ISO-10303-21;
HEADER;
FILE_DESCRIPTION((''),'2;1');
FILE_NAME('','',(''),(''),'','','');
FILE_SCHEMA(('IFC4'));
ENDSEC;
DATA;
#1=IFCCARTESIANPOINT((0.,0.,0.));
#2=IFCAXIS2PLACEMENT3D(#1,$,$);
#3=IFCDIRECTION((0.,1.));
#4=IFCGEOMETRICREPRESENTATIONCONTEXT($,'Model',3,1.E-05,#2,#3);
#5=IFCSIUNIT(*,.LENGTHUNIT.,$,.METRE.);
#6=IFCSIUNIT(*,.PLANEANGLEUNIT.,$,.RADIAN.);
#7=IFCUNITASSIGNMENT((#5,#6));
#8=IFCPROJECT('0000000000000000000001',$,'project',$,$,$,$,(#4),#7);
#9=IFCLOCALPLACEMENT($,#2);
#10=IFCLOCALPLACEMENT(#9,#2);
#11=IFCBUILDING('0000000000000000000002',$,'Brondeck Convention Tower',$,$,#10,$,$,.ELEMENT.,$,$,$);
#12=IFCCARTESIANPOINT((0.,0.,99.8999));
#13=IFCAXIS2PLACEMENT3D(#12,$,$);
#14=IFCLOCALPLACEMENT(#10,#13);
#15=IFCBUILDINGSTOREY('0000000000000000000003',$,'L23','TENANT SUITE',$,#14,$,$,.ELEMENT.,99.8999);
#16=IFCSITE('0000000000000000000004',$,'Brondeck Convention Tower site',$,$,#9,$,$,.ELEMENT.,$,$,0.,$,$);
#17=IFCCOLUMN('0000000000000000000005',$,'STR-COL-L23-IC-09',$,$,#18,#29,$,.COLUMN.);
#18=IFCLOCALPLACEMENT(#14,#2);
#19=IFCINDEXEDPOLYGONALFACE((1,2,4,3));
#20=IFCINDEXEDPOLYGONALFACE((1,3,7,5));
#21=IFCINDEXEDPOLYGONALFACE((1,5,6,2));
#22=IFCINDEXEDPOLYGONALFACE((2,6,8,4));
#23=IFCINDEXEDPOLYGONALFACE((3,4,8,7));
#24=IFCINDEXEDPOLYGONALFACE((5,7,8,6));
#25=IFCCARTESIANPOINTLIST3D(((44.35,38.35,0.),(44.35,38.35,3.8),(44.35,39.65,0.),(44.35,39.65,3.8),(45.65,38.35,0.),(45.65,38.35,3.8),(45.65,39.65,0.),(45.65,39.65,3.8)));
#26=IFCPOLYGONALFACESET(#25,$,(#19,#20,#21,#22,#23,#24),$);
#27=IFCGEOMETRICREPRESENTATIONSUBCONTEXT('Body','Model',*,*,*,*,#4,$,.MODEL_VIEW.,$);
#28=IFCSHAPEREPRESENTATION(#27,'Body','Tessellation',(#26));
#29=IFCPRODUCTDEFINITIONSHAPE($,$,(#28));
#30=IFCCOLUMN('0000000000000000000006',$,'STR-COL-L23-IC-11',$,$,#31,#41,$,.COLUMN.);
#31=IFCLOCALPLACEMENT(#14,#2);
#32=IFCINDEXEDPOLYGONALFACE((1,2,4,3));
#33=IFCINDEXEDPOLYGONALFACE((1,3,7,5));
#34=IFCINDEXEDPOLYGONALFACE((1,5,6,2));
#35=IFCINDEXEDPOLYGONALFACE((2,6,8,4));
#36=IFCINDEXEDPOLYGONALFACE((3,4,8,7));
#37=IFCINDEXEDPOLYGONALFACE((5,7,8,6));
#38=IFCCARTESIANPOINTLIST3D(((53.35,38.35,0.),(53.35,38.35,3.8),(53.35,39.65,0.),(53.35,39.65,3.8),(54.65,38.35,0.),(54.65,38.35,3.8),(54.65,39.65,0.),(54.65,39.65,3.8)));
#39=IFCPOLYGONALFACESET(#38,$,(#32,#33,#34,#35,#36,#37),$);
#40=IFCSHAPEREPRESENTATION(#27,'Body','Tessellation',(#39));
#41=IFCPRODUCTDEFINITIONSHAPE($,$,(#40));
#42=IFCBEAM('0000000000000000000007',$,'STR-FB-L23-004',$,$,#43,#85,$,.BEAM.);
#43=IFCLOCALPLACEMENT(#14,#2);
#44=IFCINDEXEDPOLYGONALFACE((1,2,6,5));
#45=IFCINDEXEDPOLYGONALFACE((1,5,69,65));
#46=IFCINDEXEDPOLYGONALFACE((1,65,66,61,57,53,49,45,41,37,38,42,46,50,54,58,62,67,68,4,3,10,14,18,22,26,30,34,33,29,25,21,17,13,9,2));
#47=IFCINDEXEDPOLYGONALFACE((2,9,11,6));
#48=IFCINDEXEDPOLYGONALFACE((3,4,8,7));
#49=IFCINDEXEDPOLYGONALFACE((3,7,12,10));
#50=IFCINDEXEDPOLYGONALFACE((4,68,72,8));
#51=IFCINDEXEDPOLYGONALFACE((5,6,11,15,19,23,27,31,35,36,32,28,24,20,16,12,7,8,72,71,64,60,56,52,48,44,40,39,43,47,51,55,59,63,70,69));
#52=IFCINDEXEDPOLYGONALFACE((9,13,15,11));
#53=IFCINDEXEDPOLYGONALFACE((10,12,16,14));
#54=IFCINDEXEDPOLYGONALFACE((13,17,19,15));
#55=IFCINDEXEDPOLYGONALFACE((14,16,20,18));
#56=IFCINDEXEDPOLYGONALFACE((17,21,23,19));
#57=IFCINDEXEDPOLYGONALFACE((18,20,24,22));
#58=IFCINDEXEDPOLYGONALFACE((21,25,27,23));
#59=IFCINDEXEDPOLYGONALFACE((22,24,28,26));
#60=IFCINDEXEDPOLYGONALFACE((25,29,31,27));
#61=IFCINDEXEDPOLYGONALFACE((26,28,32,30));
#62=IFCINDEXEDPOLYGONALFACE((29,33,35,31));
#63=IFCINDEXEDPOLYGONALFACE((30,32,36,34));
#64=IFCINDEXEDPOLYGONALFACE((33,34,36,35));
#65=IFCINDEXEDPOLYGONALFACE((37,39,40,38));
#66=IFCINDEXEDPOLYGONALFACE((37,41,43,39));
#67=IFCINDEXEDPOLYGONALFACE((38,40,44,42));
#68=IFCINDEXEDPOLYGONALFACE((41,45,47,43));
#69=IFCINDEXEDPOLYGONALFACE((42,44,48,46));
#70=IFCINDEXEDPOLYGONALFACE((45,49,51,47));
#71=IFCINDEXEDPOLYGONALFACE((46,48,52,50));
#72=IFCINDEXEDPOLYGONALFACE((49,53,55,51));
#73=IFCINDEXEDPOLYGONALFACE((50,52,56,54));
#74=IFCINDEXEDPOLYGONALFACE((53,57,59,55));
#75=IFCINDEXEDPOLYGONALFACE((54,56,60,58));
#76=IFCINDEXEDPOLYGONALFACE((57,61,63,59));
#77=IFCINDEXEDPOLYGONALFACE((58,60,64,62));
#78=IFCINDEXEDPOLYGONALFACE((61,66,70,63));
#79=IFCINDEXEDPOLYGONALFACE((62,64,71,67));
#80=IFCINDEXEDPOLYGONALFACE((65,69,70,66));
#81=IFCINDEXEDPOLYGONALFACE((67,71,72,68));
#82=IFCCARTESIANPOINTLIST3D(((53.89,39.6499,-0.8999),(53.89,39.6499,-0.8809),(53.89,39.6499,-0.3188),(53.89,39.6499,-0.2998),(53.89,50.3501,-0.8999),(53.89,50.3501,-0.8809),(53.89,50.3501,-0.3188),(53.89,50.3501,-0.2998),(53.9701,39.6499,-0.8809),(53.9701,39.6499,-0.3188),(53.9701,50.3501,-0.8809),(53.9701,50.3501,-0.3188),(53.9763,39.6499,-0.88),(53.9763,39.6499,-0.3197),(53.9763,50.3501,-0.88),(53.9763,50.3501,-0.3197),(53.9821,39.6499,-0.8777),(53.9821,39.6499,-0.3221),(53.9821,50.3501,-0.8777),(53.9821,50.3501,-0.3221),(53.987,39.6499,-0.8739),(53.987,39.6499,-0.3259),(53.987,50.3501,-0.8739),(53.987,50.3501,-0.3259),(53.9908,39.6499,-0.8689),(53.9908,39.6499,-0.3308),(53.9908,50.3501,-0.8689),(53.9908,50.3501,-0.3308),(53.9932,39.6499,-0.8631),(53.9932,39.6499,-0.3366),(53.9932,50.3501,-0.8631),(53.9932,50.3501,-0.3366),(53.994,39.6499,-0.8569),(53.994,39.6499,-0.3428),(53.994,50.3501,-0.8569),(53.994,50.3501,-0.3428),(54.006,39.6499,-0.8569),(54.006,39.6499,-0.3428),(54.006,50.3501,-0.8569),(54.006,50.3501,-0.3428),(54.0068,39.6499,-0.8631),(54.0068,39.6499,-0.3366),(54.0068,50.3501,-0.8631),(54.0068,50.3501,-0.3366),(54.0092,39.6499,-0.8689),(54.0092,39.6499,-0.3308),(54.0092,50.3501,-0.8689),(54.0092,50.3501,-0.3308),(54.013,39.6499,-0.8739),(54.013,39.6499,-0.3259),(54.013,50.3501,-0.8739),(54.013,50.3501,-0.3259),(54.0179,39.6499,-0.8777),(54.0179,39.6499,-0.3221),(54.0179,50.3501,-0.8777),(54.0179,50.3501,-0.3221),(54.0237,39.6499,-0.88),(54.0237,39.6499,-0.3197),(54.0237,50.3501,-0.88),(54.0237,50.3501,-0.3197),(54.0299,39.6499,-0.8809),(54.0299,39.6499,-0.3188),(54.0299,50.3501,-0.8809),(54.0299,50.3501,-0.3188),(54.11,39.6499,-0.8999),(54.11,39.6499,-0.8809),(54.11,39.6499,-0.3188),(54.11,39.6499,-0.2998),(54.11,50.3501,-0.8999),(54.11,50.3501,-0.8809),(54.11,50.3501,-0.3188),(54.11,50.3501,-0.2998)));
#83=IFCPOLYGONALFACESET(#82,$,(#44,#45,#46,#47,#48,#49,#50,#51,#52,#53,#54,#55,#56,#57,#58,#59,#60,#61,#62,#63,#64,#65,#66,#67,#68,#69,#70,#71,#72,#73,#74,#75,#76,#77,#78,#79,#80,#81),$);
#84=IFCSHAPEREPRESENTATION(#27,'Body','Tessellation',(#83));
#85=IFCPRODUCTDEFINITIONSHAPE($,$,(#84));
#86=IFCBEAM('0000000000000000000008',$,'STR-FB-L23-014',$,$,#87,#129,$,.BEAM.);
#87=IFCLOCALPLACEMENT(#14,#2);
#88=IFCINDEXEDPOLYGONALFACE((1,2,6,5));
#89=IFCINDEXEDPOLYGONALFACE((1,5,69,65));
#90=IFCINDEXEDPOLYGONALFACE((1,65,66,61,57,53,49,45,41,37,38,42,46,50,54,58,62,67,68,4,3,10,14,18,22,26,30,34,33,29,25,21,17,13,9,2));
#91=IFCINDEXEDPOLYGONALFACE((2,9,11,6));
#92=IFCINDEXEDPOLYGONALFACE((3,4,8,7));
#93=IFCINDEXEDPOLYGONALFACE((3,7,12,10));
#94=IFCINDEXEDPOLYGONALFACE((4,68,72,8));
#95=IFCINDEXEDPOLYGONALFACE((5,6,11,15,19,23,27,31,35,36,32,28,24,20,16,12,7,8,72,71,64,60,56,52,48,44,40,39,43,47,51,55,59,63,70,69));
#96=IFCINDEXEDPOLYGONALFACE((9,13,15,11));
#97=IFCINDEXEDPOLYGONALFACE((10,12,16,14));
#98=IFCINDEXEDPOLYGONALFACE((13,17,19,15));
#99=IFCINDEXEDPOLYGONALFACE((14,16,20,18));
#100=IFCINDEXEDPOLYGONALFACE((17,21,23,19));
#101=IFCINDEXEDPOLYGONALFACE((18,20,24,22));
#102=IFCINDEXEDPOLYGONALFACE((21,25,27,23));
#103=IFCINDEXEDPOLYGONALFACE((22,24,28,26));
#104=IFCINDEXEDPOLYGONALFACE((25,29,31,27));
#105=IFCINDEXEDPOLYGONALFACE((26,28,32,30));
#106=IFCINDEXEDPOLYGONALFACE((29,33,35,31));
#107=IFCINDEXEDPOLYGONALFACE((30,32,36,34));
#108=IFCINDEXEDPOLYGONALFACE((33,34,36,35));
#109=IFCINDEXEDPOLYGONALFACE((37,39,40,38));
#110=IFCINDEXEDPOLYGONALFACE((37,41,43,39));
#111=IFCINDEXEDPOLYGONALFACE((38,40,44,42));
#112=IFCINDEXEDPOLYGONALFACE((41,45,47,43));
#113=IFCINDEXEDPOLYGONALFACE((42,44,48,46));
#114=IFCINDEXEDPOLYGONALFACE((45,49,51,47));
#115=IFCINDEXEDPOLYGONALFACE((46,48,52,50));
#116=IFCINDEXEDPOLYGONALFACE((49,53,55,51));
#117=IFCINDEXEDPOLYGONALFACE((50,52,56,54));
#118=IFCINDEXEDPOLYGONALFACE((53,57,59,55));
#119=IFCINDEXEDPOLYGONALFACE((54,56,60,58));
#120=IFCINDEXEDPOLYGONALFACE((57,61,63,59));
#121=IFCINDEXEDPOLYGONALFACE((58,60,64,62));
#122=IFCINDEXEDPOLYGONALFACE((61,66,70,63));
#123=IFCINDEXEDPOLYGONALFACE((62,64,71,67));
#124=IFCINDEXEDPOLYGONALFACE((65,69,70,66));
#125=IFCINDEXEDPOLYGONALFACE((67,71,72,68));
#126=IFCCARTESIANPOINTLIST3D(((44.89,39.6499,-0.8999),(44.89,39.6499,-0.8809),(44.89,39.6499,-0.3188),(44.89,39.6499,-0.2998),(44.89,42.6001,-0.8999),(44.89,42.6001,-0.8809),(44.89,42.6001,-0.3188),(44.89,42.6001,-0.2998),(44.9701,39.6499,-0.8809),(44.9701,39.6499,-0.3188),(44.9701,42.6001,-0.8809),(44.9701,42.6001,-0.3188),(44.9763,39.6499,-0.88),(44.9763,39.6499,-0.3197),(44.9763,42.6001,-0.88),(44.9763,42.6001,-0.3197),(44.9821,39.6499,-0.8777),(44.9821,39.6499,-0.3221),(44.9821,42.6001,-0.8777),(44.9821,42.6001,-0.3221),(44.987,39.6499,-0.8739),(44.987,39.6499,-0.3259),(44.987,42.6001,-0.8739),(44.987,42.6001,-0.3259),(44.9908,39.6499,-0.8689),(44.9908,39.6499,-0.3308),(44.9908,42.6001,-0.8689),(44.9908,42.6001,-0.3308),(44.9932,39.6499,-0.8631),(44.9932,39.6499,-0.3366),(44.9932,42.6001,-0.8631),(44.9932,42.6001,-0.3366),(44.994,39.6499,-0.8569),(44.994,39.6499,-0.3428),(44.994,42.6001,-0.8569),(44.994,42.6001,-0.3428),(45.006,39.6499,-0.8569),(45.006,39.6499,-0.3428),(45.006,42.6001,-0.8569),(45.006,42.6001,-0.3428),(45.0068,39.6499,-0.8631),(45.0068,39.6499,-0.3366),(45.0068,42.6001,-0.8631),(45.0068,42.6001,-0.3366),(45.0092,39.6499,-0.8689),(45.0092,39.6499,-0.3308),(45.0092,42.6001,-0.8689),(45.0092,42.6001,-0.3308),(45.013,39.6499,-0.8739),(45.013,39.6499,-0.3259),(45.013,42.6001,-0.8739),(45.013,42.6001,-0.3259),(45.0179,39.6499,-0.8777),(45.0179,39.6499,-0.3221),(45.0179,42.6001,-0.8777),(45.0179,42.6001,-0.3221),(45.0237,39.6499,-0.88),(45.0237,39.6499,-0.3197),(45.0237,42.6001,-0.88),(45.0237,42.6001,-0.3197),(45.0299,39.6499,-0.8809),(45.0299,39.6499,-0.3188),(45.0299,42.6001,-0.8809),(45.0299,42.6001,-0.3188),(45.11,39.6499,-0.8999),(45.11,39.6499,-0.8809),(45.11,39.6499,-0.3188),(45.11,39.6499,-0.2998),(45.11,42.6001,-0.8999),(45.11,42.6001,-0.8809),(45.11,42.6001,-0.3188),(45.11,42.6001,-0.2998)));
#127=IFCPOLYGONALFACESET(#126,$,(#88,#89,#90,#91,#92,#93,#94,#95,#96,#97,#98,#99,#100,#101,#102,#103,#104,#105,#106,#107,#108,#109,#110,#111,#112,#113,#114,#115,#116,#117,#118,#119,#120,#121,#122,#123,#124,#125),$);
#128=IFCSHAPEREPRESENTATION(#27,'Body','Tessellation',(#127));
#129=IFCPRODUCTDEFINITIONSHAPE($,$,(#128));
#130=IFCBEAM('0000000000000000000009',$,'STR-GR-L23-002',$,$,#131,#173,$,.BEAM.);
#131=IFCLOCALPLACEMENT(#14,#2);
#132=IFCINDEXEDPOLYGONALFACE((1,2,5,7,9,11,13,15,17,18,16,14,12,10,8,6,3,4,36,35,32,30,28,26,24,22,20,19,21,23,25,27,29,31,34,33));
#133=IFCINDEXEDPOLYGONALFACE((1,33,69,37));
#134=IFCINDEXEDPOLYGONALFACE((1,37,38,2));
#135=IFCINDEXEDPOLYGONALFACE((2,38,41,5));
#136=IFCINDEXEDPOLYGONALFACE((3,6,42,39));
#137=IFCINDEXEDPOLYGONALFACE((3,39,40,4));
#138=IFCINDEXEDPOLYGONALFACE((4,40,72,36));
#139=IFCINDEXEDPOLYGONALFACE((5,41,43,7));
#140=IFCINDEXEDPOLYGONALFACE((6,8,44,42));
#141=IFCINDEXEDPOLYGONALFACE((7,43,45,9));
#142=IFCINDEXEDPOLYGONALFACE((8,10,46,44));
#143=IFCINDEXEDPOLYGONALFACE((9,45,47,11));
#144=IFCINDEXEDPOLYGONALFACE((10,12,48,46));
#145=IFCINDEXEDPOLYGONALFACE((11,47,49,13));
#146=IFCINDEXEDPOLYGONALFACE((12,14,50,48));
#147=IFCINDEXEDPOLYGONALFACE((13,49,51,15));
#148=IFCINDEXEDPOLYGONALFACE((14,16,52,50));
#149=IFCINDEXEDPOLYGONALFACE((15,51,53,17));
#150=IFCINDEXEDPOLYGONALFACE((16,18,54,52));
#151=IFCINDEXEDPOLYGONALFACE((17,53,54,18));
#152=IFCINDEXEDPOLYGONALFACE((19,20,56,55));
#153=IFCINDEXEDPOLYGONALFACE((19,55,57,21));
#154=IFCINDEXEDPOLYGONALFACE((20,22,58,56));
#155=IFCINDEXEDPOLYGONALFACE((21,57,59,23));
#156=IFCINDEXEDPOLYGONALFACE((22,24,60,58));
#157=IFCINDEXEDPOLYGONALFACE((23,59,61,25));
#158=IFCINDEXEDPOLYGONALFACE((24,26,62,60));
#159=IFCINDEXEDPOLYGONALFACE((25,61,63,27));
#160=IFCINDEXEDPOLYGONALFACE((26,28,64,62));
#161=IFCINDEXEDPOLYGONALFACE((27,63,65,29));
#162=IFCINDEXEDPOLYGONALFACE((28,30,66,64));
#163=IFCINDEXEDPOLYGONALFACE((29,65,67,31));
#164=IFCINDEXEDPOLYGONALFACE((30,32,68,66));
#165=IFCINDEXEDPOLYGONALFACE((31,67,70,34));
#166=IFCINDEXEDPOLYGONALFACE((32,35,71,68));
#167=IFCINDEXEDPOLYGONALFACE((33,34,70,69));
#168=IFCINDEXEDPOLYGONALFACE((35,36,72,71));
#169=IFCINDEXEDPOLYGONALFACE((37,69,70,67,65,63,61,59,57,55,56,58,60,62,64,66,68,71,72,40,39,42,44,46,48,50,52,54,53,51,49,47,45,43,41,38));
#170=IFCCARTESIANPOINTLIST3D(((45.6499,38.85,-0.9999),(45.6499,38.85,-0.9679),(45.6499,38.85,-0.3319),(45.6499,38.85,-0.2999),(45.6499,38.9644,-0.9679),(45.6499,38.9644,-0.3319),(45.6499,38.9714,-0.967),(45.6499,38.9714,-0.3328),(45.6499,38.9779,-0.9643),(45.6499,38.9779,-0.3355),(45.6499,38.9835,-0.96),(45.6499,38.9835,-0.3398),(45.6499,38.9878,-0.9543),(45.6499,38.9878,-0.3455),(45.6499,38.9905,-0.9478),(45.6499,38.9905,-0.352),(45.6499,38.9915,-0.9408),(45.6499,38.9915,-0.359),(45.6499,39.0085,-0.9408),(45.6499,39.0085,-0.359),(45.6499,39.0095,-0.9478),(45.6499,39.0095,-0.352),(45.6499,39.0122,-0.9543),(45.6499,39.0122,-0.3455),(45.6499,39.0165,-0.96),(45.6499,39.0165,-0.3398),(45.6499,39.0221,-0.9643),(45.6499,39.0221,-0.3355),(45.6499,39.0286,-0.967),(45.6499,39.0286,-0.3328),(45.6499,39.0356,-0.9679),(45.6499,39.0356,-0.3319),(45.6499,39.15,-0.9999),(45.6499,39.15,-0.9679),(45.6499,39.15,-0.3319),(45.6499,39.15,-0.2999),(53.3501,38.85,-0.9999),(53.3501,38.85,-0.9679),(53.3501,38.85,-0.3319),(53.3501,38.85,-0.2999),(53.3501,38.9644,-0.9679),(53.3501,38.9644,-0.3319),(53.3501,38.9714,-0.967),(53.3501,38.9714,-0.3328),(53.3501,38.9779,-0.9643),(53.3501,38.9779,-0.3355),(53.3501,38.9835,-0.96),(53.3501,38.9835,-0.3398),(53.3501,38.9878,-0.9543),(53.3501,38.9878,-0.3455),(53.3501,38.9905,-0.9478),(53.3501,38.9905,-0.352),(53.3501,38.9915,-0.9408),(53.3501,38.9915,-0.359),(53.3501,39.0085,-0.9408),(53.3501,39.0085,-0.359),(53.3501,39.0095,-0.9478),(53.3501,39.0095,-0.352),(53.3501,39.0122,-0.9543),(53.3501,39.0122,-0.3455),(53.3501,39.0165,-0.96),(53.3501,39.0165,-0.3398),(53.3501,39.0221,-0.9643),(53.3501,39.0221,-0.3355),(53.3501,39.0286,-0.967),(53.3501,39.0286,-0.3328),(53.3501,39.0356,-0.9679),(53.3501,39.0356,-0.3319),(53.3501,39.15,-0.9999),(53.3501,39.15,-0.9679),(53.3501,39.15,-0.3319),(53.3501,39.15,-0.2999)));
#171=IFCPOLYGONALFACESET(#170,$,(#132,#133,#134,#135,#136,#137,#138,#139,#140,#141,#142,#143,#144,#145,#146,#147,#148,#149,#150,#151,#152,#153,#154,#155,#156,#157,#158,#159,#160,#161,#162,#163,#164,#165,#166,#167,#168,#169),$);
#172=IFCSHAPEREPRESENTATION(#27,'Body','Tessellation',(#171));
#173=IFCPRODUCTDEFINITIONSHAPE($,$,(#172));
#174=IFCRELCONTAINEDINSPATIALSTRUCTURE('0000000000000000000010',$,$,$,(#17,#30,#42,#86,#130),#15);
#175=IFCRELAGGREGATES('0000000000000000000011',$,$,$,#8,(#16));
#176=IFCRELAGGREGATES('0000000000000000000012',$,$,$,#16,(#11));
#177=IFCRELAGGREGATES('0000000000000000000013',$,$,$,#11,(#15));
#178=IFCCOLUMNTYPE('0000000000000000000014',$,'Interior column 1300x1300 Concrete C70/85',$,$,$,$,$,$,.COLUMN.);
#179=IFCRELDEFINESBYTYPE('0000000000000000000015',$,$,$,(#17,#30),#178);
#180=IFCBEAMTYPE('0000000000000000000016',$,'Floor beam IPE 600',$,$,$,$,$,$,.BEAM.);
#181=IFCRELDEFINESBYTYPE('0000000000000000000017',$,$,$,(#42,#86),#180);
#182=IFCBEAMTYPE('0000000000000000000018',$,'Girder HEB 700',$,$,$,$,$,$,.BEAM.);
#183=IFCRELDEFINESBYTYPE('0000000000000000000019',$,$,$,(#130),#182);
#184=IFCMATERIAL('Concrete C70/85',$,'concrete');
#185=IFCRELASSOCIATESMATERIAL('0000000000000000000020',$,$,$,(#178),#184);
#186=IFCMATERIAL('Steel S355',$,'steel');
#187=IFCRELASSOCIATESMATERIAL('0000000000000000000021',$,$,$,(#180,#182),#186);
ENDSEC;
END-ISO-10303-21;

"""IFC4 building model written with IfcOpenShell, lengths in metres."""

from ifc_helpers import new_model, si_unit, direction, frame, origin, origin_2d, place, context, subcontext, project, spatial, rectangle, i_section, extrude, material, material_profile, profile_set, type_object, element, save


model = new_model("IFC4")

# Units and contexts
model_context = context("Model", 3, precision=1e-05, world=origin(), true_north=direction((0.0, 1.0)))
body_context = subcontext(model_context, "Body", "Model", "MODEL_VIEW")
ifc_project = project(units=[si_unit("LENGTHUNIT", "METRE"), si_unit("PLANEANGLEUNIT", "RADIAN")], contexts=[model_context])

# Site, building, storey
site_placement = place(None, origin())
site = spatial("IfcSite", under=ifc_project, at=site_placement, Name="Brondeck Convention Tower site", CompositionType="ELEMENT", RefElevation=0.0)
building_placement = place(site_placement, origin())
building = spatial("IfcBuilding", under=site, at=building_placement, Name="Brondeck Convention Tower", CompositionType="ELEMENT")
storey_placement = place(building_placement, frame((0.0, 0.0, 99.8999)))
storey = spatial("IfcBuildingStorey", under=building, at=storey_placement, Name="L23", Description="TENANT SUITE", CompositionType="ELEMENT", Elevation=99.8999)

# Columns
ifc_material_1 = material(Name="Concrete C70/85", Category="concrete")
ifc_material_profile_1 = material_profile(ifc_material_1, rectangle(XDim=1.3, YDim=1.3, at=origin_2d()), Name="Interior column 1300x1300 Concrete C70/85")
ifc_profile_set_1 = profile_set([ifc_material_profile_1], Name="Concrete C70/85")
column_type = type_object("IfcColumnType", Name="Interior column 1300x1300 Concrete C70/85", PredefinedType="COLUMN", material=ifc_profile_set_1)
for number, where, z_axis, x_axis, name in (
    (1, (45.0, 39.0, 0.0), (0.0, 0.0, 1.0), (1.0, 0.0, 0.0), "STR-COL-L23-IC-09"),
    (2, (54.0, 39.0, 0.0), (0.0, 0.0, 1.0), (1.0, 0.0, 0.0), "STR-COL-L23-IC-11"),
):
    element("IfcColumn", number, at=place(storey_placement, frame(where, z_axis=z_axis, x_axis=x_axis)), inside=storey, type_object=column_type, Name=name, PredefinedType="COLUMN", context=body_context, shape_type="SweptSolid", body=[
        extrude(rectangle(XDim=1.3, YDim=1.3, at=origin_2d()), origin(), (0.0, 0.0, 1.0), 3.8),
    ])

# Beams
ifc_material_2 = material(Name="Steel S355", Category="steel")
ifc_material_profile_2 = material_profile(ifc_material_2, i_section(OverallWidth=0.22, OverallDepth=0.6001, WebThickness=0.012, FlangeThickness=0.019, FilletRadius=0.0239, at=origin_2d()), Name="IPE 600")
ifc_profile_set_2 = profile_set([ifc_material_profile_2], Name="Steel S355")
beam_type_1 = type_object("IfcBeamType", Name="Floor beam IPE 600", PredefinedType="BEAM", material=ifc_profile_set_2)
beam_1_placement = place(storey_placement, frame((54.0, 39.6499, -0.5999), z_axis=(0.0, 1.0, 0.0), x_axis=(-1.0, 0.0, 0.0)))
element("IfcBeam", 3, at=beam_1_placement, inside=storey, type_object=beam_type_1, Name="STR-FB-L23-004", PredefinedType="BEAM", context=body_context, shape_type="SweptSolid", body=[
    extrude(i_section(OverallWidth=0.22, OverallDepth=0.6001, WebThickness=0.012, FlangeThickness=0.019, FilletRadius=0.0239, at=origin_2d()), origin(), (0.0, 0.0, 1.0), 10.7002),
])
beam_2_placement = place(storey_placement, frame((45.0, 39.6499, -0.5999), z_axis=(0.0, 1.0, 0.0), x_axis=(-1.0, 0.0, 0.0)))
element("IfcBeam", 4, at=beam_2_placement, inside=storey, type_object=beam_type_1, Name="STR-FB-L23-014", PredefinedType="BEAM", context=body_context, shape_type="SweptSolid", body=[
    extrude(i_section(OverallWidth=0.22, OverallDepth=0.6001, WebThickness=0.012, FlangeThickness=0.019, FilletRadius=0.0239, at=origin_2d()), origin(), (0.0, 0.0, 1.0), 2.9502),
])
ifc_material_profile_3 = material_profile(ifc_material_2, i_section(OverallWidth=0.3, OverallDepth=0.7, WebThickness=0.0171, FlangeThickness=0.032, FilletRadius=0.0271, at=origin_2d()), Name="HEB 700")
ifc_profile_set_3 = profile_set([ifc_material_profile_3], Name="Steel S355")
beam_type_2 = type_object("IfcBeamType", Name="Girder HEB 700", PredefinedType="BEAM", material=ifc_profile_set_3)
for number, where, z_axis, x_axis, name in (
    (5, (45.6499, 39.0, -0.6499), (1.0, 0.0, 0.0), (0.0, 1.0, 0.0), "STR-GR-L23-002"),
):
    element("IfcBeam", number, at=place(storey_placement, frame(where, z_axis=z_axis, x_axis=x_axis)), inside=storey, type_object=beam_type_2, Name=name, PredefinedType="BEAM", context=body_context, shape_type="SweptSolid", body=[
        extrude(i_section(OverallWidth=0.3, OverallDepth=0.7, WebThickness=0.0171, FlangeThickness=0.032, FilletRadius=0.0271, at=origin_2d()), origin(), (0.0, 0.0, 1.0), 7.7002),
    ])

save(model, "model.ifc")
